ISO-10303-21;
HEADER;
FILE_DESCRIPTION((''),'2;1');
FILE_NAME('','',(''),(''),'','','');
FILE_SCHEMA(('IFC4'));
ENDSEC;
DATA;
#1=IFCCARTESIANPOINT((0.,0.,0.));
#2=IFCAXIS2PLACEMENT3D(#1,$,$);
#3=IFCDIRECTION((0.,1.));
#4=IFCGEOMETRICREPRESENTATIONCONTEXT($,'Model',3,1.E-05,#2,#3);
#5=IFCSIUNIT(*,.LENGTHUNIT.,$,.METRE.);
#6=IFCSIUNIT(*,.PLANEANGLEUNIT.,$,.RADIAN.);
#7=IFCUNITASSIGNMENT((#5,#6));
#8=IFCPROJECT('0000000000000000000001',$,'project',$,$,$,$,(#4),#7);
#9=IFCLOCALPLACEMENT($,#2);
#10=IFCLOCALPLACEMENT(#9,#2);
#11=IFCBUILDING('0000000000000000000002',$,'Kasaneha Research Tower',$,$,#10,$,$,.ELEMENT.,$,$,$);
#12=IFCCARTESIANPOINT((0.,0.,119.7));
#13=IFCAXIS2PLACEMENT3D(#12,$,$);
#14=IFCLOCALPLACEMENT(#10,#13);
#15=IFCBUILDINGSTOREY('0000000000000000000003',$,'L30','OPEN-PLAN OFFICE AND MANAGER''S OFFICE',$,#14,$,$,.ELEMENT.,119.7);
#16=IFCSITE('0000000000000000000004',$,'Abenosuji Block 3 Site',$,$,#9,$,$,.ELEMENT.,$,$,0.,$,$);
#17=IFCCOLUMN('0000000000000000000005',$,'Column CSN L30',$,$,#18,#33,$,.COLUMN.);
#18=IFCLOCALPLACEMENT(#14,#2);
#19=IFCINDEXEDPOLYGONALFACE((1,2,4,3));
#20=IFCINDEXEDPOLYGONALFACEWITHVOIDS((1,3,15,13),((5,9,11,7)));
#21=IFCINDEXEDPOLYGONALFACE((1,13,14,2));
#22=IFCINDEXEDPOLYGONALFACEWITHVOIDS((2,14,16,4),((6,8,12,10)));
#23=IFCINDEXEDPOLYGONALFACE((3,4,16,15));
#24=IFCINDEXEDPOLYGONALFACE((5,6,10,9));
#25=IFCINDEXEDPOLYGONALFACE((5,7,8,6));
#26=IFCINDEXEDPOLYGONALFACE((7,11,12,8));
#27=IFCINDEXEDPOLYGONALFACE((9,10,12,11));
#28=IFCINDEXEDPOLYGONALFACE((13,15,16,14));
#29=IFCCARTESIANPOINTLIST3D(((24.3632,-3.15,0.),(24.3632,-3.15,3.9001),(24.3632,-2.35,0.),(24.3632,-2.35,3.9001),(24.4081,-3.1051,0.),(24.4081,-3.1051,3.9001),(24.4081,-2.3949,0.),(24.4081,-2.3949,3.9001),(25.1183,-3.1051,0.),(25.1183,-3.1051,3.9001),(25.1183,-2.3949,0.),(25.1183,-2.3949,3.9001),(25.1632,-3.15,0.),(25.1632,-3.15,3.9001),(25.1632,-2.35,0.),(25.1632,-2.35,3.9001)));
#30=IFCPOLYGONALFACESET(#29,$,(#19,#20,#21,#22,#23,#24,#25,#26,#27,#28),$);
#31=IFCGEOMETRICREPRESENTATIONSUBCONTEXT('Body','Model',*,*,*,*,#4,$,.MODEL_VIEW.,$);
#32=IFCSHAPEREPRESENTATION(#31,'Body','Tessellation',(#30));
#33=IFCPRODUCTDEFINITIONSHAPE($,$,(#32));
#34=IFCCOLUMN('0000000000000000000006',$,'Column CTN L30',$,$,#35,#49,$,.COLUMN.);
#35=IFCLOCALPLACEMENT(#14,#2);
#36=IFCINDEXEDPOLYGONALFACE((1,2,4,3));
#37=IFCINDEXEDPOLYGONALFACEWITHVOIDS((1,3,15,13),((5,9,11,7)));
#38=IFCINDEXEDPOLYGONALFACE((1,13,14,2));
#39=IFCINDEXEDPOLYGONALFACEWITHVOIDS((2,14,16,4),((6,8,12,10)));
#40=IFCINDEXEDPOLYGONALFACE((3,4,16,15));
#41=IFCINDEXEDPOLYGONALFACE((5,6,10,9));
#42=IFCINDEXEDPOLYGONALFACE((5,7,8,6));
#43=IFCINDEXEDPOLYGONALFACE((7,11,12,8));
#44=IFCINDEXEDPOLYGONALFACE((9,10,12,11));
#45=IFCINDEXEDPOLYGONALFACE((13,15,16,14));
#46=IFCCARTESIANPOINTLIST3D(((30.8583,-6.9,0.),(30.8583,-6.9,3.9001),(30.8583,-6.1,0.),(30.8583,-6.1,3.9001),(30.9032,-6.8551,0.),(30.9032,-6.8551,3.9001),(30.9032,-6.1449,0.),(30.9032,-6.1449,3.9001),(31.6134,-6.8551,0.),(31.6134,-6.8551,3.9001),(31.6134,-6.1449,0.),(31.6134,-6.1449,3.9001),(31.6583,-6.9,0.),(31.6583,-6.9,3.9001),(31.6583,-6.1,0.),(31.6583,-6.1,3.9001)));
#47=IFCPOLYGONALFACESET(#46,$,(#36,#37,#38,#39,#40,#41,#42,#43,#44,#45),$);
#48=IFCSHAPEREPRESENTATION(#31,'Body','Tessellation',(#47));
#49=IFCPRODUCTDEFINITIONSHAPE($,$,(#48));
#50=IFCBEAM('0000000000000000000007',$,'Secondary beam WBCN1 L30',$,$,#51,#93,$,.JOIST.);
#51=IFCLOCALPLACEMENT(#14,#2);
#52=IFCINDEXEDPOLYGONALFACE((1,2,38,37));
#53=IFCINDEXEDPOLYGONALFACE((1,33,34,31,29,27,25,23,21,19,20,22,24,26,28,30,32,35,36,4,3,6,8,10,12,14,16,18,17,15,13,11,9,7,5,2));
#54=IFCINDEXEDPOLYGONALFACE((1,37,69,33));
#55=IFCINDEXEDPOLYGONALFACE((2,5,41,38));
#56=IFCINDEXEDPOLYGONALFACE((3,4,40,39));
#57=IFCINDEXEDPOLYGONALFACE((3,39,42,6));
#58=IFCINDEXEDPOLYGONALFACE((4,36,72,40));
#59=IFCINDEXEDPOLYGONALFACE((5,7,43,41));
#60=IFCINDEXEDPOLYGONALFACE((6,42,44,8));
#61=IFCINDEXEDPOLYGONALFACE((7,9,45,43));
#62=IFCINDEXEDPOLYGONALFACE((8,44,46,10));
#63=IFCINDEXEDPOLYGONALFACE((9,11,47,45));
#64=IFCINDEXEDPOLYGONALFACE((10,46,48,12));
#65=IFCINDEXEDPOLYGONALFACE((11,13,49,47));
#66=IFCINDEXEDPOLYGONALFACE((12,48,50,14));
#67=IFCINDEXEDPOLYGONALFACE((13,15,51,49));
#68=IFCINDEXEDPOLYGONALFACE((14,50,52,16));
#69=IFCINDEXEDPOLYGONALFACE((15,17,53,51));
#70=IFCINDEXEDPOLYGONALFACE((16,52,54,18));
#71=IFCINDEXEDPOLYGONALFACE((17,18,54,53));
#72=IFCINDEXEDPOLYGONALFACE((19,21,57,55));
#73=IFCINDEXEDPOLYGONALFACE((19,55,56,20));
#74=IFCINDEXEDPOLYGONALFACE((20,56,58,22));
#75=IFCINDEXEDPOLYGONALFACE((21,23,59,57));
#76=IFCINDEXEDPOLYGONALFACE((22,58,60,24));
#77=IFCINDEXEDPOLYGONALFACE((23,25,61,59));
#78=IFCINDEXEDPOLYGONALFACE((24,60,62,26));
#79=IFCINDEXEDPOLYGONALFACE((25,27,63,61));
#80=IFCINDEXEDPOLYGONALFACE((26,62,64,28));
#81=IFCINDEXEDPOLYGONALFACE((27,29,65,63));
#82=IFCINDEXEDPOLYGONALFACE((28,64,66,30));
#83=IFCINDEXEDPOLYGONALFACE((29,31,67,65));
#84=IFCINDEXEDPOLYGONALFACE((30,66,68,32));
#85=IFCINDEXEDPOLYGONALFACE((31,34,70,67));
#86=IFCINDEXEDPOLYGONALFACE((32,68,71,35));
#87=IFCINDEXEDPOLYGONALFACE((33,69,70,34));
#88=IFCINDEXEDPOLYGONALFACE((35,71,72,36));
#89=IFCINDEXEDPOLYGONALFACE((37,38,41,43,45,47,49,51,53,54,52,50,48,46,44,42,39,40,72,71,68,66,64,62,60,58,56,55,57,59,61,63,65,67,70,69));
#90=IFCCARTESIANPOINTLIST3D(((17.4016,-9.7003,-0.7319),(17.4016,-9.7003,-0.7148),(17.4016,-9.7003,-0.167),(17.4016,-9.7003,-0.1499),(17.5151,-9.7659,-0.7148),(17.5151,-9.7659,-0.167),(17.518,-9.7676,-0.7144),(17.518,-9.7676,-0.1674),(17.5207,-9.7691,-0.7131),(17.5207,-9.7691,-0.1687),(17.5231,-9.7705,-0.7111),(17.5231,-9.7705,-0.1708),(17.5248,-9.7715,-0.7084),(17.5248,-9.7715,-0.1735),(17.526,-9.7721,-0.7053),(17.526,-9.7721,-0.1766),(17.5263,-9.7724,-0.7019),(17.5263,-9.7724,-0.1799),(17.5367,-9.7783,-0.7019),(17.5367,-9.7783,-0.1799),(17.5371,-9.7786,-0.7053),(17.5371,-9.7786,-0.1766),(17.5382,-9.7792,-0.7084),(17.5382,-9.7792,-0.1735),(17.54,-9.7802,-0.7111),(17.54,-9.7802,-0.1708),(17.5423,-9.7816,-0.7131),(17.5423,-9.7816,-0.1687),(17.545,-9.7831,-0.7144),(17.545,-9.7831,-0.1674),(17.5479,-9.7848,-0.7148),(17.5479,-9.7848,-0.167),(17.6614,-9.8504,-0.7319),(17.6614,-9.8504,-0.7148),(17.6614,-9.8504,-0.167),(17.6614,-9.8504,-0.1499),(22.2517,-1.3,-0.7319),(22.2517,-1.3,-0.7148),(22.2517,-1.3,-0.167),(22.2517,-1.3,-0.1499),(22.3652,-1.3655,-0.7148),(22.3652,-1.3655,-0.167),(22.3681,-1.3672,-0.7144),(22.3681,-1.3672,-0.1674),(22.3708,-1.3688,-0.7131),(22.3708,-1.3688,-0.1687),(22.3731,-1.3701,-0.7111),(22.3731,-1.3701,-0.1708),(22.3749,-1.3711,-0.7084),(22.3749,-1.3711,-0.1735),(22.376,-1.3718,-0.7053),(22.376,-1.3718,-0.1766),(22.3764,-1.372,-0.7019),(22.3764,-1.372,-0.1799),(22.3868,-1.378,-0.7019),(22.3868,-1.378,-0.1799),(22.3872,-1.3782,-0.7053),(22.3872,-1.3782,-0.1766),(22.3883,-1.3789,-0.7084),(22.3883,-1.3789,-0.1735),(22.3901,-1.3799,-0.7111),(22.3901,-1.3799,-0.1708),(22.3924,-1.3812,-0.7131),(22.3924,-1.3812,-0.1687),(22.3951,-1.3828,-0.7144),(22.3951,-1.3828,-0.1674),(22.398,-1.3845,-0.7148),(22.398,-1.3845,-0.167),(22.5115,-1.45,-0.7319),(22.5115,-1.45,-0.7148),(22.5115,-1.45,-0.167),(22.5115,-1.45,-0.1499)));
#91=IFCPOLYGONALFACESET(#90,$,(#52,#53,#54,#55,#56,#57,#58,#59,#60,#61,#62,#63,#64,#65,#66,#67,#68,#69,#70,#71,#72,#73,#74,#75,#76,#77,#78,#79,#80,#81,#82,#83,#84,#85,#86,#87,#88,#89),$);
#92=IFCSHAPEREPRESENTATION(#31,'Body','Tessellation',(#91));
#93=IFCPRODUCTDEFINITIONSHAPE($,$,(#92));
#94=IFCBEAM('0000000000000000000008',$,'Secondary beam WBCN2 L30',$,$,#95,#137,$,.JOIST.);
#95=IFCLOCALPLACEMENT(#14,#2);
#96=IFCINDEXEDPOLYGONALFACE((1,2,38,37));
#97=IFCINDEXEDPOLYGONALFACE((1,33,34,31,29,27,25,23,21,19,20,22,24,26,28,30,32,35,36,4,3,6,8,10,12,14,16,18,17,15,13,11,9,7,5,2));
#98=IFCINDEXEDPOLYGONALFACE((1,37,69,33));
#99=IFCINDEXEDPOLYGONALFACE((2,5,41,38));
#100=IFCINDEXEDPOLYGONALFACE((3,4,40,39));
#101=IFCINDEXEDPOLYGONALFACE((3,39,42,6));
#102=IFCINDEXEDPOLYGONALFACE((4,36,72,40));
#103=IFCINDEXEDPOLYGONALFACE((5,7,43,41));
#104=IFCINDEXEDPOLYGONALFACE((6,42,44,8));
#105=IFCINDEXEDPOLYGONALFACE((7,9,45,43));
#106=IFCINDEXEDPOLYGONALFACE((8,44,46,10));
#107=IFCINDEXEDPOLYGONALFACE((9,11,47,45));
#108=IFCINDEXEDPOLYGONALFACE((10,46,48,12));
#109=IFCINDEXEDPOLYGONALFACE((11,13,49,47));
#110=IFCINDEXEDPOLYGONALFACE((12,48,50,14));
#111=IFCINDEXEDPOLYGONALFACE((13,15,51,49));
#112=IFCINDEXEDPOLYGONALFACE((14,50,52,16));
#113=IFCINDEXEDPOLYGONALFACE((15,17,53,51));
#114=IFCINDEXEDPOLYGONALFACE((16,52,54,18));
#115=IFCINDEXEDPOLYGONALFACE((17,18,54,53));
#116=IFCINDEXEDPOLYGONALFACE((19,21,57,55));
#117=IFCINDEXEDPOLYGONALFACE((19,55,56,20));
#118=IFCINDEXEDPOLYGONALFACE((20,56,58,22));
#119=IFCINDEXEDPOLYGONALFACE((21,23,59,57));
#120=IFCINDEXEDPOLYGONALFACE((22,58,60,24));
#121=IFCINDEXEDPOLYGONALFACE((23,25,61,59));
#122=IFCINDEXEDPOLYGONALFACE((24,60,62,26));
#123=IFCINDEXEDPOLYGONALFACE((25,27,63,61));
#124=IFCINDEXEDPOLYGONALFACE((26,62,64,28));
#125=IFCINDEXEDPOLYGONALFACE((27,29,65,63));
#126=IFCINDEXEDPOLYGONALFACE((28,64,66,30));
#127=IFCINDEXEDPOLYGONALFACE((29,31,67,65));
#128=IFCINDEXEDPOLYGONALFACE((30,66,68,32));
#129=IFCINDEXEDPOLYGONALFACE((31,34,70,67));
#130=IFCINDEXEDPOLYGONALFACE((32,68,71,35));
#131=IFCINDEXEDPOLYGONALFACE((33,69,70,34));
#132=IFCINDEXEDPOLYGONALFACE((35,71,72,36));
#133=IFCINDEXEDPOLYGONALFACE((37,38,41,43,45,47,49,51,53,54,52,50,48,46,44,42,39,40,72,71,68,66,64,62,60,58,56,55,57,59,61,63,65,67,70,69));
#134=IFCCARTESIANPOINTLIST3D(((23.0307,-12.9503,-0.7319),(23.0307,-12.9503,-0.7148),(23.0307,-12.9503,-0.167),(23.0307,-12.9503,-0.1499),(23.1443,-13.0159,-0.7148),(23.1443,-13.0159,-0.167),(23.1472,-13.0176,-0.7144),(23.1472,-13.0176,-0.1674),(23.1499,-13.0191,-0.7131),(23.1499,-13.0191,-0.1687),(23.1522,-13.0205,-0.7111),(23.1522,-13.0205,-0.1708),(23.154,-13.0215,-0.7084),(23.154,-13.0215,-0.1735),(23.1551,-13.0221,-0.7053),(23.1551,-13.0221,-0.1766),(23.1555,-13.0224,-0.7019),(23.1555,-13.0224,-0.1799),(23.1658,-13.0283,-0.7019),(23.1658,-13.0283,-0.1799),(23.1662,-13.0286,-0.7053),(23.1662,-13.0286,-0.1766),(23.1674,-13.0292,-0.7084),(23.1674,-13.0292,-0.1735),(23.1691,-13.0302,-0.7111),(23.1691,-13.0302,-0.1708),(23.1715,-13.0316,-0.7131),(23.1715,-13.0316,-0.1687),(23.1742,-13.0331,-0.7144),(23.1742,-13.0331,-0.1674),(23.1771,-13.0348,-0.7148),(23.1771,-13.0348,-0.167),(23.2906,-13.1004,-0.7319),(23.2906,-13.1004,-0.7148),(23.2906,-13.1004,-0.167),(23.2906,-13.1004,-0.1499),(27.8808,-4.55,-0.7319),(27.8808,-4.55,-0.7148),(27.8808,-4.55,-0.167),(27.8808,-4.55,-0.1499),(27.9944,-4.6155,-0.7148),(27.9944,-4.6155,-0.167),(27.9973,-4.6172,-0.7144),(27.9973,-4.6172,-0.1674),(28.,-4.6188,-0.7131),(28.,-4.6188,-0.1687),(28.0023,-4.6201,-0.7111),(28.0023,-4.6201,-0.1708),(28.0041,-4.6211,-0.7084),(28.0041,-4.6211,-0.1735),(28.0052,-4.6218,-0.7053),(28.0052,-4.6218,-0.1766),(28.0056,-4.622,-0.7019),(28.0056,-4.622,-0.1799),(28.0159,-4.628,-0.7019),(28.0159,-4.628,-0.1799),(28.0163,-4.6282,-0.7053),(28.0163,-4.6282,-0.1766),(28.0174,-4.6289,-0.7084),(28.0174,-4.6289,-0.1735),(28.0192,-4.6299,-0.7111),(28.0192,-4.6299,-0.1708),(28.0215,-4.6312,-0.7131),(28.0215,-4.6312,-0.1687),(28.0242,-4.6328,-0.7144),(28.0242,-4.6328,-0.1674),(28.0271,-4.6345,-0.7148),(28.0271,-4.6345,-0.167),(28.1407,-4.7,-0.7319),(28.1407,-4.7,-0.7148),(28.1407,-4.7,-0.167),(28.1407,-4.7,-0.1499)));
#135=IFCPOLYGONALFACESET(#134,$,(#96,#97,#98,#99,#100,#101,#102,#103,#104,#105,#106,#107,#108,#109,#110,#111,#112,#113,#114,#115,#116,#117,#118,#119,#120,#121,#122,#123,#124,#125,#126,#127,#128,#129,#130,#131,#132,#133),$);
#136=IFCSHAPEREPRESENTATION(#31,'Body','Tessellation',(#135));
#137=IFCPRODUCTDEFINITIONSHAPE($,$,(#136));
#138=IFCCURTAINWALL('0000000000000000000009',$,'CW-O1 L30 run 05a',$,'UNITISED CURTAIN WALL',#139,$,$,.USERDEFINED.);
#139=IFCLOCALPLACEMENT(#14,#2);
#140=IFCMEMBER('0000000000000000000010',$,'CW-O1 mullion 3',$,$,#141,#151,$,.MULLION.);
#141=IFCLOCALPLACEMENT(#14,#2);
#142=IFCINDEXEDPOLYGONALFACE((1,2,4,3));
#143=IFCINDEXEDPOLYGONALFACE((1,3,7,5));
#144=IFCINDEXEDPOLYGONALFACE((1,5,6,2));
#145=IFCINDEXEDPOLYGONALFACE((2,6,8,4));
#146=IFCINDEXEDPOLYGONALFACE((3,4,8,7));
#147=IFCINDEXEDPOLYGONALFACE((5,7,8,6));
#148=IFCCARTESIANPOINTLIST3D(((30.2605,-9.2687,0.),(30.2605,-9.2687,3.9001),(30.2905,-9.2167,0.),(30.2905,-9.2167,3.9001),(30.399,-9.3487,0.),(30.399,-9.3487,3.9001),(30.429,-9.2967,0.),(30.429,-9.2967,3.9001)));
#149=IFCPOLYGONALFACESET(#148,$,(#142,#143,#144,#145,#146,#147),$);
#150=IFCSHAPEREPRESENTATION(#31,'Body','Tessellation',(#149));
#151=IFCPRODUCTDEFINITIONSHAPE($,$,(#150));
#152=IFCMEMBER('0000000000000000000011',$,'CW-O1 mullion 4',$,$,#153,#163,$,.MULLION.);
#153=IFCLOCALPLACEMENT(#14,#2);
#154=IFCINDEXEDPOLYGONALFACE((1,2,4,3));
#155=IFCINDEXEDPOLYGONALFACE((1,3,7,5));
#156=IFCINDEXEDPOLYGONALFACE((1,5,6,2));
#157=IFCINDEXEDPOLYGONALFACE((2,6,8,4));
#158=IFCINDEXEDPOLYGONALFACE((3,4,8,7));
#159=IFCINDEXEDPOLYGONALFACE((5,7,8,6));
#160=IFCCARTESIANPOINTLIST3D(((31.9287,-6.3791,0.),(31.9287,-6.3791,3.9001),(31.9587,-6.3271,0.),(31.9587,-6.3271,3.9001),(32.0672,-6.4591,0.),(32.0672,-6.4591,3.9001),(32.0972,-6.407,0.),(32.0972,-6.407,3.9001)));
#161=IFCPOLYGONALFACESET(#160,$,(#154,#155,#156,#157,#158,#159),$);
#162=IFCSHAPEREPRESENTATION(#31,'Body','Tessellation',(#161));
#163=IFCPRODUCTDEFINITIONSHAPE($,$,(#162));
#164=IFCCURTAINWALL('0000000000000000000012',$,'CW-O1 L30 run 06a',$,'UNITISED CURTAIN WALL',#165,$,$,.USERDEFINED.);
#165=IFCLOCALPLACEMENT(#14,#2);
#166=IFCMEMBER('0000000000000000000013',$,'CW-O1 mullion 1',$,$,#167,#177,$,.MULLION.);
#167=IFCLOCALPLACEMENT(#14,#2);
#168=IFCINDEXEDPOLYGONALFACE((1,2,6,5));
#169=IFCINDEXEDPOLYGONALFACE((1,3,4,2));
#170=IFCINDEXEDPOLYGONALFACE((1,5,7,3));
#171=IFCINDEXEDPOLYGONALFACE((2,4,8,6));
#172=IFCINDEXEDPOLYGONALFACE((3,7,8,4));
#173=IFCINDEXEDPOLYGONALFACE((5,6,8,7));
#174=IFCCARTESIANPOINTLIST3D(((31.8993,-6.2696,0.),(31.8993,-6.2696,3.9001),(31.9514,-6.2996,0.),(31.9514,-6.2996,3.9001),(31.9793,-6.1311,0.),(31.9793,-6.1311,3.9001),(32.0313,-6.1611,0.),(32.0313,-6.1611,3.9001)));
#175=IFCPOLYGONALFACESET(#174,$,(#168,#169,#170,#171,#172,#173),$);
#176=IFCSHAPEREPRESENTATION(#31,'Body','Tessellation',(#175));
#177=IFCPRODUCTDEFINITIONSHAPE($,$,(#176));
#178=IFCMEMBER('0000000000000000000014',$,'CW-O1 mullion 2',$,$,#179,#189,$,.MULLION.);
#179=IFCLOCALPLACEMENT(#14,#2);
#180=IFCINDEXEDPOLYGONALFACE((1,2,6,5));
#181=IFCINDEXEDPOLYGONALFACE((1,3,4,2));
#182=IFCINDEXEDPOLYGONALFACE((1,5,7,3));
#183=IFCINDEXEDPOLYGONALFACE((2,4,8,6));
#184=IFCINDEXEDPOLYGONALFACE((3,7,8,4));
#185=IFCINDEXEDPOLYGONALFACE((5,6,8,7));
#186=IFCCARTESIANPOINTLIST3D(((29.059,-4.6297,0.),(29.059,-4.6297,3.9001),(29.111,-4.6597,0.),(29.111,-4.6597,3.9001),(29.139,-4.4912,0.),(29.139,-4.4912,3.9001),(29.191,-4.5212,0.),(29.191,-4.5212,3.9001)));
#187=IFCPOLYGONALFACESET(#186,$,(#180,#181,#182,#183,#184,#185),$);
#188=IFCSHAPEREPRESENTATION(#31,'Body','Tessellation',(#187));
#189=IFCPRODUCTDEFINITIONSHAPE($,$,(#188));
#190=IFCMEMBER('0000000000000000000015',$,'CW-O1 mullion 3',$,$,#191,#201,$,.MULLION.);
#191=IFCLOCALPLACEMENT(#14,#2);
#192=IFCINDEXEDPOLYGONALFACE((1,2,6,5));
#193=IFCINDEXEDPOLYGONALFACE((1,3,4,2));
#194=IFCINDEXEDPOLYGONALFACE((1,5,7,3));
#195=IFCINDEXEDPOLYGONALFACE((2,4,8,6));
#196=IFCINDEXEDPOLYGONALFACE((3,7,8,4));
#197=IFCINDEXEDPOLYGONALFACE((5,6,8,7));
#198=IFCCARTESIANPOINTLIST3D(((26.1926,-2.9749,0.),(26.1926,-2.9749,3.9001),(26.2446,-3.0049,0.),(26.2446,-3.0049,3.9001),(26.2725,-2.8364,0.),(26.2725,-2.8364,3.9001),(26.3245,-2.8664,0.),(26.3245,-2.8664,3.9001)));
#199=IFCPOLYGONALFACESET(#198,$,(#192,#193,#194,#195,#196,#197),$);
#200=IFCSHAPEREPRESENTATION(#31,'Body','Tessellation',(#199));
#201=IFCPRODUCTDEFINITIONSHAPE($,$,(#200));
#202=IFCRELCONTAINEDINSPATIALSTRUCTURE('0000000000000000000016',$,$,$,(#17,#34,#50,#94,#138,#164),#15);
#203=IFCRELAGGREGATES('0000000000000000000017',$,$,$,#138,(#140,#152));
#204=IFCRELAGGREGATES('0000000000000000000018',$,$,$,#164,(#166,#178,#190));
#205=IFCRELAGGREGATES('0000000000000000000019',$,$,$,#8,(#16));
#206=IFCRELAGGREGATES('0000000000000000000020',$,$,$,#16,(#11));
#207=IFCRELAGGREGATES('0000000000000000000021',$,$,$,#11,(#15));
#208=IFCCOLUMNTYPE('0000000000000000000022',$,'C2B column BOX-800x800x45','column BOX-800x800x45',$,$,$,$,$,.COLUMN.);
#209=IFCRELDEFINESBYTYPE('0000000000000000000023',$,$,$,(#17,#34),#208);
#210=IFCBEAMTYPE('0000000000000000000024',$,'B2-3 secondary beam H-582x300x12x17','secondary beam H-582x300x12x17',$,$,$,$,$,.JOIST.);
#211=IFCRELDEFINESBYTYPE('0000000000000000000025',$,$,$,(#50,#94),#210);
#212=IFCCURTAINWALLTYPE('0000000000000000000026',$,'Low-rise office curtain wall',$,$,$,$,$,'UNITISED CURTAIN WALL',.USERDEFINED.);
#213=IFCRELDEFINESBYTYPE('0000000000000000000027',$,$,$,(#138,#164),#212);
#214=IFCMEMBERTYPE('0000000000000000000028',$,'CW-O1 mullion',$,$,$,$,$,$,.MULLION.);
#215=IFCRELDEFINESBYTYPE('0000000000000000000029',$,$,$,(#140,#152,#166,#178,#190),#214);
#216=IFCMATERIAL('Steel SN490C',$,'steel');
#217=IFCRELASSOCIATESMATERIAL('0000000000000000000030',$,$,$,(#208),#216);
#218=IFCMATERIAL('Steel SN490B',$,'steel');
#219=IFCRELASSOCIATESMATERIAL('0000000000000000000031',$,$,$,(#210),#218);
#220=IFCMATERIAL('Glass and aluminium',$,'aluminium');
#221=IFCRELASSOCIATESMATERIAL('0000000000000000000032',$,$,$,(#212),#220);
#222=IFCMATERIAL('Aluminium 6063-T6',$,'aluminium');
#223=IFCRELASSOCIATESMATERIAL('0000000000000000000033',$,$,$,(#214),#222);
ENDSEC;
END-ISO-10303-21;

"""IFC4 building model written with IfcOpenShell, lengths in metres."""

from ifc_helpers import new_model, si_unit, direction, frame, origin, origin_2d, place, context, subcontext, project, spatial, rectangle, hollow_rectangle, i_section, extrude, material, material_profile, profile_set, type_object, element, aggregate, save


model = new_model("IFC4")

# Units and contexts
model_context = context("Model", 3, precision=1e-05, world=origin(), true_north=direction((0.0, 1.0)))
body_context = subcontext(model_context, "Body", "Model", "MODEL_VIEW")
ifc_project = project(units=[si_unit("LENGTHUNIT", "METRE"), si_unit("PLANEANGLEUNIT", "RADIAN")], contexts=[model_context])

# Site, building, storey
site_placement = place(None, origin())
site = spatial("IfcSite", under=ifc_project, at=site_placement, Name="Abenosuji Block 3 Site", CompositionType="ELEMENT", RefElevation=0.0)
building_placement = place(site_placement, origin())
building = spatial("IfcBuilding", under=site, at=building_placement, Name="Kasaneha Research Tower", CompositionType="ELEMENT")
storey_placement = place(building_placement, frame((0.0, 0.0, 119.7)))
storey = spatial("IfcBuildingStorey", under=building, at=storey_placement, Name="L30", Description="OPEN-PLAN OFFICE AND MANAGER'S OFFICE", CompositionType="ELEMENT", Elevation=119.7)

# Columns
ifc_material_1 = material(Name="Steel SN490C", Category="steel")
ifc_material_profile_1 = material_profile(ifc_material_1, hollow_rectangle(XDim=0.8, YDim=0.8, WallThickness=0.0449, at=origin_2d()), Name="BOX-800x800x45")
ifc_profile_set_1 = profile_set([ifc_material_profile_1], Name="Steel SN490C")
column_type = type_object("IfcColumnType", Name="C2B column BOX-800x800x45", Description="column BOX-800x800x45", PredefinedType="COLUMN", material=ifc_profile_set_1)
for number, where, z_axis, x_axis, name in (
    (1, (24.7632, -2.75, 0.0), (0.0, 0.0, 1.0), (1.0, 0.0, 0.0), "Column CSN L30"),
    (2, (31.2583, -6.5, 0.0), (0.0, 0.0, 1.0), (1.0, 0.0, 0.0), "Column CTN L30"),
):
    element("IfcColumn", number, at=place(storey_placement, frame(where, z_axis=z_axis, x_axis=x_axis)), inside=storey, type_object=column_type, Name=name, PredefinedType="COLUMN", context=body_context, shape_type="SweptSolid", body=[
        extrude(hollow_rectangle(XDim=0.8, YDim=0.8, WallThickness=0.0449, at=origin_2d()), origin(), (0.0, 0.0, 1.0), 3.9001),
    ])

# Beams
ifc_material_2 = material(Name="Steel SN490B", Category="steel")
ifc_material_profile_2 = material_profile(ifc_material_2, i_section(OverallWidth=0.3, OverallDepth=0.582, WebThickness=0.012, FlangeThickness=0.0171, FilletRadius=0.0129, at=origin_2d()), Name="H-582x300x12x17")
ifc_profile_set_2 = profile_set([ifc_material_profile_2], Name="Steel SN490B")
beam_type_1 = type_object("IfcBeamType", Name="B2-3 secondary beam H-582x300x12x17", Description="secondary beam H-582x300x12x17", PredefinedType="JOIST", material=ifc_profile_set_2)
for number, where, z_axis, x_axis, name in (
    (3, (22.3816, -1.375, -0.4409), (-0.50001, -0.86602, 0.0), (0.86602, -0.50001, 0.0), "Secondary beam WBCN1 L30"),
    (4, (28.0107, -4.625, -0.4409), (-0.50001, -0.86602, 0.0), (0.86602, -0.50001, 0.0), "Secondary beam WBCN2 L30"),
):
    element("IfcBeam", number, at=place(storey_placement, frame(where, z_axis=z_axis, x_axis=x_axis)), inside=storey, type_object=beam_type_1, Name=name, PredefinedType="JOIST", context=body_context, shape_type="SweptSolid", body=[
        extrude(i_section(OverallWidth=0.3, OverallDepth=0.582, WebThickness=0.012, FlangeThickness=0.0171, FilletRadius=0.0129, at=origin_2d()), origin(), (0.0, 0.0, 1.0), 9.7),
    ])

# Curtain walls, members
ifc_material_3 = material(Name="Glass and aluminium", Category="aluminium")
curtain_wall_type = type_object("IfcCurtainWallType", Name="Low-rise office curtain wall", ElementType="UNITISED CURTAIN WALL", PredefinedType="USERDEFINED", material=ifc_material_3)
curtain_wall_1_placement = place(storey_placement, origin())
curtain_wall_1 = element("IfcCurtainWall", 5, at=curtain_wall_1_placement, inside=storey, type_object=curtain_wall_type, Name="CW-O1 L30 run 05a", ObjectType="UNITISED CURTAIN WALL", PredefinedType="USERDEFINED")
ifc_material_4 = material(Name="Aluminium 6063-T6", Category="aluminium")
ifc_material_profile_3 = material_profile(ifc_material_4, rectangle(XDim=0.0601, YDim=0.1599, at=origin_2d()), Name="CW-O1 mullion 60x160")
ifc_profile_set_3 = profile_set([ifc_material_profile_3], Name="Aluminium 6063-T6")
member_type_1 = type_object("IfcMemberType", Name="CW-O1 mullion", PredefinedType="MULLION", material=ifc_profile_set_3)
member_1_placement = place(storey_placement, frame((30.3447, -9.2827, 0.0), z_axis=(0.0, 0.0, 1.0), x_axis=(0.5, 0.866025, 0.0)))
member_1 = element("IfcMember", 6, at=member_1_placement, type_object=member_type_1, Name="CW-O1 mullion 3", PredefinedType="MULLION", context=body_context, shape_type="SweptSolid", body=[
    extrude(rectangle(XDim=0.0601, YDim=0.1599, at=origin_2d()), origin(), (0.0, 0.0, 1.0), 3.9001),
])
member_2_placement = place(storey_placement, frame((32.0129, -6.3931, 0.0), z_axis=(0.0, 0.0, 1.0), x_axis=(0.5, 0.866025, 0.0)))
member_2 = element("IfcMember", 7, at=member_2_placement, type_object=member_type_1, Name="CW-O1 mullion 4", PredefinedType="MULLION", context=body_context, shape_type="SweptSolid", body=[
    extrude(rectangle(XDim=0.0601, YDim=0.1599, at=origin_2d()), origin(), (0.0, 0.0, 1.0), 3.9001),
])
curtain_wall_2_placement = place(storey_placement, origin())
curtain_wall_2 = element("IfcCurtainWall", 8, at=curtain_wall_2_placement, inside=storey, type_object=curtain_wall_type, Name="CW-O1 L30 run 06a", ObjectType="UNITISED CURTAIN WALL", PredefinedType="USERDEFINED")
member_3_placement = place(storey_placement, frame((31.9653, -6.2153, 0.0), z_axis=(0.0, 0.0, 1.0), x_axis=(-0.866025, 0.5, 0.0)))
member_3 = element("IfcMember", 9, at=member_3_placement, type_object=member_type_1, Name="CW-O1 mullion 1", PredefinedType="MULLION", context=body_context, shape_type="SweptSolid", body=[
    extrude(rectangle(XDim=0.0601, YDim=0.1599, at=origin_2d()), origin(), (0.0, 0.0, 1.0), 3.9001),
])
member_4_placement = place(storey_placement, frame((29.125, -4.5754, 0.0), z_axis=(0.0, 0.0, 1.0), x_axis=(-0.866025, 0.5, 0.0)))
member_4 = element("IfcMember", 10, at=member_4_placement, type_object=member_type_1, Name="CW-O1 mullion 2", PredefinedType="MULLION", context=body_context, shape_type="SweptSolid", body=[
    extrude(rectangle(XDim=0.0601, YDim=0.1599, at=origin_2d()), origin(), (0.0, 0.0, 1.0), 3.9001),
])
member_5_placement = place(storey_placement, frame((26.2585, -2.9207, 0.0), z_axis=(0.0, 0.0, 1.0), x_axis=(-0.866025, 0.5, 0.0)))
member_5 = element("IfcMember", 11, at=member_5_placement, type_object=member_type_1, Name="CW-O1 mullion 3", PredefinedType="MULLION", context=body_context, shape_type="SweptSolid", body=[
    extrude(rectangle(XDim=0.0601, YDim=0.1599, at=origin_2d()), origin(), (0.0, 0.0, 1.0), 3.9001),
])

aggregate(curtain_wall_1, [member_1, member_2])
aggregate(curtain_wall_2, [member_3, member_4, member_5])

save(model, "model.ifc")
